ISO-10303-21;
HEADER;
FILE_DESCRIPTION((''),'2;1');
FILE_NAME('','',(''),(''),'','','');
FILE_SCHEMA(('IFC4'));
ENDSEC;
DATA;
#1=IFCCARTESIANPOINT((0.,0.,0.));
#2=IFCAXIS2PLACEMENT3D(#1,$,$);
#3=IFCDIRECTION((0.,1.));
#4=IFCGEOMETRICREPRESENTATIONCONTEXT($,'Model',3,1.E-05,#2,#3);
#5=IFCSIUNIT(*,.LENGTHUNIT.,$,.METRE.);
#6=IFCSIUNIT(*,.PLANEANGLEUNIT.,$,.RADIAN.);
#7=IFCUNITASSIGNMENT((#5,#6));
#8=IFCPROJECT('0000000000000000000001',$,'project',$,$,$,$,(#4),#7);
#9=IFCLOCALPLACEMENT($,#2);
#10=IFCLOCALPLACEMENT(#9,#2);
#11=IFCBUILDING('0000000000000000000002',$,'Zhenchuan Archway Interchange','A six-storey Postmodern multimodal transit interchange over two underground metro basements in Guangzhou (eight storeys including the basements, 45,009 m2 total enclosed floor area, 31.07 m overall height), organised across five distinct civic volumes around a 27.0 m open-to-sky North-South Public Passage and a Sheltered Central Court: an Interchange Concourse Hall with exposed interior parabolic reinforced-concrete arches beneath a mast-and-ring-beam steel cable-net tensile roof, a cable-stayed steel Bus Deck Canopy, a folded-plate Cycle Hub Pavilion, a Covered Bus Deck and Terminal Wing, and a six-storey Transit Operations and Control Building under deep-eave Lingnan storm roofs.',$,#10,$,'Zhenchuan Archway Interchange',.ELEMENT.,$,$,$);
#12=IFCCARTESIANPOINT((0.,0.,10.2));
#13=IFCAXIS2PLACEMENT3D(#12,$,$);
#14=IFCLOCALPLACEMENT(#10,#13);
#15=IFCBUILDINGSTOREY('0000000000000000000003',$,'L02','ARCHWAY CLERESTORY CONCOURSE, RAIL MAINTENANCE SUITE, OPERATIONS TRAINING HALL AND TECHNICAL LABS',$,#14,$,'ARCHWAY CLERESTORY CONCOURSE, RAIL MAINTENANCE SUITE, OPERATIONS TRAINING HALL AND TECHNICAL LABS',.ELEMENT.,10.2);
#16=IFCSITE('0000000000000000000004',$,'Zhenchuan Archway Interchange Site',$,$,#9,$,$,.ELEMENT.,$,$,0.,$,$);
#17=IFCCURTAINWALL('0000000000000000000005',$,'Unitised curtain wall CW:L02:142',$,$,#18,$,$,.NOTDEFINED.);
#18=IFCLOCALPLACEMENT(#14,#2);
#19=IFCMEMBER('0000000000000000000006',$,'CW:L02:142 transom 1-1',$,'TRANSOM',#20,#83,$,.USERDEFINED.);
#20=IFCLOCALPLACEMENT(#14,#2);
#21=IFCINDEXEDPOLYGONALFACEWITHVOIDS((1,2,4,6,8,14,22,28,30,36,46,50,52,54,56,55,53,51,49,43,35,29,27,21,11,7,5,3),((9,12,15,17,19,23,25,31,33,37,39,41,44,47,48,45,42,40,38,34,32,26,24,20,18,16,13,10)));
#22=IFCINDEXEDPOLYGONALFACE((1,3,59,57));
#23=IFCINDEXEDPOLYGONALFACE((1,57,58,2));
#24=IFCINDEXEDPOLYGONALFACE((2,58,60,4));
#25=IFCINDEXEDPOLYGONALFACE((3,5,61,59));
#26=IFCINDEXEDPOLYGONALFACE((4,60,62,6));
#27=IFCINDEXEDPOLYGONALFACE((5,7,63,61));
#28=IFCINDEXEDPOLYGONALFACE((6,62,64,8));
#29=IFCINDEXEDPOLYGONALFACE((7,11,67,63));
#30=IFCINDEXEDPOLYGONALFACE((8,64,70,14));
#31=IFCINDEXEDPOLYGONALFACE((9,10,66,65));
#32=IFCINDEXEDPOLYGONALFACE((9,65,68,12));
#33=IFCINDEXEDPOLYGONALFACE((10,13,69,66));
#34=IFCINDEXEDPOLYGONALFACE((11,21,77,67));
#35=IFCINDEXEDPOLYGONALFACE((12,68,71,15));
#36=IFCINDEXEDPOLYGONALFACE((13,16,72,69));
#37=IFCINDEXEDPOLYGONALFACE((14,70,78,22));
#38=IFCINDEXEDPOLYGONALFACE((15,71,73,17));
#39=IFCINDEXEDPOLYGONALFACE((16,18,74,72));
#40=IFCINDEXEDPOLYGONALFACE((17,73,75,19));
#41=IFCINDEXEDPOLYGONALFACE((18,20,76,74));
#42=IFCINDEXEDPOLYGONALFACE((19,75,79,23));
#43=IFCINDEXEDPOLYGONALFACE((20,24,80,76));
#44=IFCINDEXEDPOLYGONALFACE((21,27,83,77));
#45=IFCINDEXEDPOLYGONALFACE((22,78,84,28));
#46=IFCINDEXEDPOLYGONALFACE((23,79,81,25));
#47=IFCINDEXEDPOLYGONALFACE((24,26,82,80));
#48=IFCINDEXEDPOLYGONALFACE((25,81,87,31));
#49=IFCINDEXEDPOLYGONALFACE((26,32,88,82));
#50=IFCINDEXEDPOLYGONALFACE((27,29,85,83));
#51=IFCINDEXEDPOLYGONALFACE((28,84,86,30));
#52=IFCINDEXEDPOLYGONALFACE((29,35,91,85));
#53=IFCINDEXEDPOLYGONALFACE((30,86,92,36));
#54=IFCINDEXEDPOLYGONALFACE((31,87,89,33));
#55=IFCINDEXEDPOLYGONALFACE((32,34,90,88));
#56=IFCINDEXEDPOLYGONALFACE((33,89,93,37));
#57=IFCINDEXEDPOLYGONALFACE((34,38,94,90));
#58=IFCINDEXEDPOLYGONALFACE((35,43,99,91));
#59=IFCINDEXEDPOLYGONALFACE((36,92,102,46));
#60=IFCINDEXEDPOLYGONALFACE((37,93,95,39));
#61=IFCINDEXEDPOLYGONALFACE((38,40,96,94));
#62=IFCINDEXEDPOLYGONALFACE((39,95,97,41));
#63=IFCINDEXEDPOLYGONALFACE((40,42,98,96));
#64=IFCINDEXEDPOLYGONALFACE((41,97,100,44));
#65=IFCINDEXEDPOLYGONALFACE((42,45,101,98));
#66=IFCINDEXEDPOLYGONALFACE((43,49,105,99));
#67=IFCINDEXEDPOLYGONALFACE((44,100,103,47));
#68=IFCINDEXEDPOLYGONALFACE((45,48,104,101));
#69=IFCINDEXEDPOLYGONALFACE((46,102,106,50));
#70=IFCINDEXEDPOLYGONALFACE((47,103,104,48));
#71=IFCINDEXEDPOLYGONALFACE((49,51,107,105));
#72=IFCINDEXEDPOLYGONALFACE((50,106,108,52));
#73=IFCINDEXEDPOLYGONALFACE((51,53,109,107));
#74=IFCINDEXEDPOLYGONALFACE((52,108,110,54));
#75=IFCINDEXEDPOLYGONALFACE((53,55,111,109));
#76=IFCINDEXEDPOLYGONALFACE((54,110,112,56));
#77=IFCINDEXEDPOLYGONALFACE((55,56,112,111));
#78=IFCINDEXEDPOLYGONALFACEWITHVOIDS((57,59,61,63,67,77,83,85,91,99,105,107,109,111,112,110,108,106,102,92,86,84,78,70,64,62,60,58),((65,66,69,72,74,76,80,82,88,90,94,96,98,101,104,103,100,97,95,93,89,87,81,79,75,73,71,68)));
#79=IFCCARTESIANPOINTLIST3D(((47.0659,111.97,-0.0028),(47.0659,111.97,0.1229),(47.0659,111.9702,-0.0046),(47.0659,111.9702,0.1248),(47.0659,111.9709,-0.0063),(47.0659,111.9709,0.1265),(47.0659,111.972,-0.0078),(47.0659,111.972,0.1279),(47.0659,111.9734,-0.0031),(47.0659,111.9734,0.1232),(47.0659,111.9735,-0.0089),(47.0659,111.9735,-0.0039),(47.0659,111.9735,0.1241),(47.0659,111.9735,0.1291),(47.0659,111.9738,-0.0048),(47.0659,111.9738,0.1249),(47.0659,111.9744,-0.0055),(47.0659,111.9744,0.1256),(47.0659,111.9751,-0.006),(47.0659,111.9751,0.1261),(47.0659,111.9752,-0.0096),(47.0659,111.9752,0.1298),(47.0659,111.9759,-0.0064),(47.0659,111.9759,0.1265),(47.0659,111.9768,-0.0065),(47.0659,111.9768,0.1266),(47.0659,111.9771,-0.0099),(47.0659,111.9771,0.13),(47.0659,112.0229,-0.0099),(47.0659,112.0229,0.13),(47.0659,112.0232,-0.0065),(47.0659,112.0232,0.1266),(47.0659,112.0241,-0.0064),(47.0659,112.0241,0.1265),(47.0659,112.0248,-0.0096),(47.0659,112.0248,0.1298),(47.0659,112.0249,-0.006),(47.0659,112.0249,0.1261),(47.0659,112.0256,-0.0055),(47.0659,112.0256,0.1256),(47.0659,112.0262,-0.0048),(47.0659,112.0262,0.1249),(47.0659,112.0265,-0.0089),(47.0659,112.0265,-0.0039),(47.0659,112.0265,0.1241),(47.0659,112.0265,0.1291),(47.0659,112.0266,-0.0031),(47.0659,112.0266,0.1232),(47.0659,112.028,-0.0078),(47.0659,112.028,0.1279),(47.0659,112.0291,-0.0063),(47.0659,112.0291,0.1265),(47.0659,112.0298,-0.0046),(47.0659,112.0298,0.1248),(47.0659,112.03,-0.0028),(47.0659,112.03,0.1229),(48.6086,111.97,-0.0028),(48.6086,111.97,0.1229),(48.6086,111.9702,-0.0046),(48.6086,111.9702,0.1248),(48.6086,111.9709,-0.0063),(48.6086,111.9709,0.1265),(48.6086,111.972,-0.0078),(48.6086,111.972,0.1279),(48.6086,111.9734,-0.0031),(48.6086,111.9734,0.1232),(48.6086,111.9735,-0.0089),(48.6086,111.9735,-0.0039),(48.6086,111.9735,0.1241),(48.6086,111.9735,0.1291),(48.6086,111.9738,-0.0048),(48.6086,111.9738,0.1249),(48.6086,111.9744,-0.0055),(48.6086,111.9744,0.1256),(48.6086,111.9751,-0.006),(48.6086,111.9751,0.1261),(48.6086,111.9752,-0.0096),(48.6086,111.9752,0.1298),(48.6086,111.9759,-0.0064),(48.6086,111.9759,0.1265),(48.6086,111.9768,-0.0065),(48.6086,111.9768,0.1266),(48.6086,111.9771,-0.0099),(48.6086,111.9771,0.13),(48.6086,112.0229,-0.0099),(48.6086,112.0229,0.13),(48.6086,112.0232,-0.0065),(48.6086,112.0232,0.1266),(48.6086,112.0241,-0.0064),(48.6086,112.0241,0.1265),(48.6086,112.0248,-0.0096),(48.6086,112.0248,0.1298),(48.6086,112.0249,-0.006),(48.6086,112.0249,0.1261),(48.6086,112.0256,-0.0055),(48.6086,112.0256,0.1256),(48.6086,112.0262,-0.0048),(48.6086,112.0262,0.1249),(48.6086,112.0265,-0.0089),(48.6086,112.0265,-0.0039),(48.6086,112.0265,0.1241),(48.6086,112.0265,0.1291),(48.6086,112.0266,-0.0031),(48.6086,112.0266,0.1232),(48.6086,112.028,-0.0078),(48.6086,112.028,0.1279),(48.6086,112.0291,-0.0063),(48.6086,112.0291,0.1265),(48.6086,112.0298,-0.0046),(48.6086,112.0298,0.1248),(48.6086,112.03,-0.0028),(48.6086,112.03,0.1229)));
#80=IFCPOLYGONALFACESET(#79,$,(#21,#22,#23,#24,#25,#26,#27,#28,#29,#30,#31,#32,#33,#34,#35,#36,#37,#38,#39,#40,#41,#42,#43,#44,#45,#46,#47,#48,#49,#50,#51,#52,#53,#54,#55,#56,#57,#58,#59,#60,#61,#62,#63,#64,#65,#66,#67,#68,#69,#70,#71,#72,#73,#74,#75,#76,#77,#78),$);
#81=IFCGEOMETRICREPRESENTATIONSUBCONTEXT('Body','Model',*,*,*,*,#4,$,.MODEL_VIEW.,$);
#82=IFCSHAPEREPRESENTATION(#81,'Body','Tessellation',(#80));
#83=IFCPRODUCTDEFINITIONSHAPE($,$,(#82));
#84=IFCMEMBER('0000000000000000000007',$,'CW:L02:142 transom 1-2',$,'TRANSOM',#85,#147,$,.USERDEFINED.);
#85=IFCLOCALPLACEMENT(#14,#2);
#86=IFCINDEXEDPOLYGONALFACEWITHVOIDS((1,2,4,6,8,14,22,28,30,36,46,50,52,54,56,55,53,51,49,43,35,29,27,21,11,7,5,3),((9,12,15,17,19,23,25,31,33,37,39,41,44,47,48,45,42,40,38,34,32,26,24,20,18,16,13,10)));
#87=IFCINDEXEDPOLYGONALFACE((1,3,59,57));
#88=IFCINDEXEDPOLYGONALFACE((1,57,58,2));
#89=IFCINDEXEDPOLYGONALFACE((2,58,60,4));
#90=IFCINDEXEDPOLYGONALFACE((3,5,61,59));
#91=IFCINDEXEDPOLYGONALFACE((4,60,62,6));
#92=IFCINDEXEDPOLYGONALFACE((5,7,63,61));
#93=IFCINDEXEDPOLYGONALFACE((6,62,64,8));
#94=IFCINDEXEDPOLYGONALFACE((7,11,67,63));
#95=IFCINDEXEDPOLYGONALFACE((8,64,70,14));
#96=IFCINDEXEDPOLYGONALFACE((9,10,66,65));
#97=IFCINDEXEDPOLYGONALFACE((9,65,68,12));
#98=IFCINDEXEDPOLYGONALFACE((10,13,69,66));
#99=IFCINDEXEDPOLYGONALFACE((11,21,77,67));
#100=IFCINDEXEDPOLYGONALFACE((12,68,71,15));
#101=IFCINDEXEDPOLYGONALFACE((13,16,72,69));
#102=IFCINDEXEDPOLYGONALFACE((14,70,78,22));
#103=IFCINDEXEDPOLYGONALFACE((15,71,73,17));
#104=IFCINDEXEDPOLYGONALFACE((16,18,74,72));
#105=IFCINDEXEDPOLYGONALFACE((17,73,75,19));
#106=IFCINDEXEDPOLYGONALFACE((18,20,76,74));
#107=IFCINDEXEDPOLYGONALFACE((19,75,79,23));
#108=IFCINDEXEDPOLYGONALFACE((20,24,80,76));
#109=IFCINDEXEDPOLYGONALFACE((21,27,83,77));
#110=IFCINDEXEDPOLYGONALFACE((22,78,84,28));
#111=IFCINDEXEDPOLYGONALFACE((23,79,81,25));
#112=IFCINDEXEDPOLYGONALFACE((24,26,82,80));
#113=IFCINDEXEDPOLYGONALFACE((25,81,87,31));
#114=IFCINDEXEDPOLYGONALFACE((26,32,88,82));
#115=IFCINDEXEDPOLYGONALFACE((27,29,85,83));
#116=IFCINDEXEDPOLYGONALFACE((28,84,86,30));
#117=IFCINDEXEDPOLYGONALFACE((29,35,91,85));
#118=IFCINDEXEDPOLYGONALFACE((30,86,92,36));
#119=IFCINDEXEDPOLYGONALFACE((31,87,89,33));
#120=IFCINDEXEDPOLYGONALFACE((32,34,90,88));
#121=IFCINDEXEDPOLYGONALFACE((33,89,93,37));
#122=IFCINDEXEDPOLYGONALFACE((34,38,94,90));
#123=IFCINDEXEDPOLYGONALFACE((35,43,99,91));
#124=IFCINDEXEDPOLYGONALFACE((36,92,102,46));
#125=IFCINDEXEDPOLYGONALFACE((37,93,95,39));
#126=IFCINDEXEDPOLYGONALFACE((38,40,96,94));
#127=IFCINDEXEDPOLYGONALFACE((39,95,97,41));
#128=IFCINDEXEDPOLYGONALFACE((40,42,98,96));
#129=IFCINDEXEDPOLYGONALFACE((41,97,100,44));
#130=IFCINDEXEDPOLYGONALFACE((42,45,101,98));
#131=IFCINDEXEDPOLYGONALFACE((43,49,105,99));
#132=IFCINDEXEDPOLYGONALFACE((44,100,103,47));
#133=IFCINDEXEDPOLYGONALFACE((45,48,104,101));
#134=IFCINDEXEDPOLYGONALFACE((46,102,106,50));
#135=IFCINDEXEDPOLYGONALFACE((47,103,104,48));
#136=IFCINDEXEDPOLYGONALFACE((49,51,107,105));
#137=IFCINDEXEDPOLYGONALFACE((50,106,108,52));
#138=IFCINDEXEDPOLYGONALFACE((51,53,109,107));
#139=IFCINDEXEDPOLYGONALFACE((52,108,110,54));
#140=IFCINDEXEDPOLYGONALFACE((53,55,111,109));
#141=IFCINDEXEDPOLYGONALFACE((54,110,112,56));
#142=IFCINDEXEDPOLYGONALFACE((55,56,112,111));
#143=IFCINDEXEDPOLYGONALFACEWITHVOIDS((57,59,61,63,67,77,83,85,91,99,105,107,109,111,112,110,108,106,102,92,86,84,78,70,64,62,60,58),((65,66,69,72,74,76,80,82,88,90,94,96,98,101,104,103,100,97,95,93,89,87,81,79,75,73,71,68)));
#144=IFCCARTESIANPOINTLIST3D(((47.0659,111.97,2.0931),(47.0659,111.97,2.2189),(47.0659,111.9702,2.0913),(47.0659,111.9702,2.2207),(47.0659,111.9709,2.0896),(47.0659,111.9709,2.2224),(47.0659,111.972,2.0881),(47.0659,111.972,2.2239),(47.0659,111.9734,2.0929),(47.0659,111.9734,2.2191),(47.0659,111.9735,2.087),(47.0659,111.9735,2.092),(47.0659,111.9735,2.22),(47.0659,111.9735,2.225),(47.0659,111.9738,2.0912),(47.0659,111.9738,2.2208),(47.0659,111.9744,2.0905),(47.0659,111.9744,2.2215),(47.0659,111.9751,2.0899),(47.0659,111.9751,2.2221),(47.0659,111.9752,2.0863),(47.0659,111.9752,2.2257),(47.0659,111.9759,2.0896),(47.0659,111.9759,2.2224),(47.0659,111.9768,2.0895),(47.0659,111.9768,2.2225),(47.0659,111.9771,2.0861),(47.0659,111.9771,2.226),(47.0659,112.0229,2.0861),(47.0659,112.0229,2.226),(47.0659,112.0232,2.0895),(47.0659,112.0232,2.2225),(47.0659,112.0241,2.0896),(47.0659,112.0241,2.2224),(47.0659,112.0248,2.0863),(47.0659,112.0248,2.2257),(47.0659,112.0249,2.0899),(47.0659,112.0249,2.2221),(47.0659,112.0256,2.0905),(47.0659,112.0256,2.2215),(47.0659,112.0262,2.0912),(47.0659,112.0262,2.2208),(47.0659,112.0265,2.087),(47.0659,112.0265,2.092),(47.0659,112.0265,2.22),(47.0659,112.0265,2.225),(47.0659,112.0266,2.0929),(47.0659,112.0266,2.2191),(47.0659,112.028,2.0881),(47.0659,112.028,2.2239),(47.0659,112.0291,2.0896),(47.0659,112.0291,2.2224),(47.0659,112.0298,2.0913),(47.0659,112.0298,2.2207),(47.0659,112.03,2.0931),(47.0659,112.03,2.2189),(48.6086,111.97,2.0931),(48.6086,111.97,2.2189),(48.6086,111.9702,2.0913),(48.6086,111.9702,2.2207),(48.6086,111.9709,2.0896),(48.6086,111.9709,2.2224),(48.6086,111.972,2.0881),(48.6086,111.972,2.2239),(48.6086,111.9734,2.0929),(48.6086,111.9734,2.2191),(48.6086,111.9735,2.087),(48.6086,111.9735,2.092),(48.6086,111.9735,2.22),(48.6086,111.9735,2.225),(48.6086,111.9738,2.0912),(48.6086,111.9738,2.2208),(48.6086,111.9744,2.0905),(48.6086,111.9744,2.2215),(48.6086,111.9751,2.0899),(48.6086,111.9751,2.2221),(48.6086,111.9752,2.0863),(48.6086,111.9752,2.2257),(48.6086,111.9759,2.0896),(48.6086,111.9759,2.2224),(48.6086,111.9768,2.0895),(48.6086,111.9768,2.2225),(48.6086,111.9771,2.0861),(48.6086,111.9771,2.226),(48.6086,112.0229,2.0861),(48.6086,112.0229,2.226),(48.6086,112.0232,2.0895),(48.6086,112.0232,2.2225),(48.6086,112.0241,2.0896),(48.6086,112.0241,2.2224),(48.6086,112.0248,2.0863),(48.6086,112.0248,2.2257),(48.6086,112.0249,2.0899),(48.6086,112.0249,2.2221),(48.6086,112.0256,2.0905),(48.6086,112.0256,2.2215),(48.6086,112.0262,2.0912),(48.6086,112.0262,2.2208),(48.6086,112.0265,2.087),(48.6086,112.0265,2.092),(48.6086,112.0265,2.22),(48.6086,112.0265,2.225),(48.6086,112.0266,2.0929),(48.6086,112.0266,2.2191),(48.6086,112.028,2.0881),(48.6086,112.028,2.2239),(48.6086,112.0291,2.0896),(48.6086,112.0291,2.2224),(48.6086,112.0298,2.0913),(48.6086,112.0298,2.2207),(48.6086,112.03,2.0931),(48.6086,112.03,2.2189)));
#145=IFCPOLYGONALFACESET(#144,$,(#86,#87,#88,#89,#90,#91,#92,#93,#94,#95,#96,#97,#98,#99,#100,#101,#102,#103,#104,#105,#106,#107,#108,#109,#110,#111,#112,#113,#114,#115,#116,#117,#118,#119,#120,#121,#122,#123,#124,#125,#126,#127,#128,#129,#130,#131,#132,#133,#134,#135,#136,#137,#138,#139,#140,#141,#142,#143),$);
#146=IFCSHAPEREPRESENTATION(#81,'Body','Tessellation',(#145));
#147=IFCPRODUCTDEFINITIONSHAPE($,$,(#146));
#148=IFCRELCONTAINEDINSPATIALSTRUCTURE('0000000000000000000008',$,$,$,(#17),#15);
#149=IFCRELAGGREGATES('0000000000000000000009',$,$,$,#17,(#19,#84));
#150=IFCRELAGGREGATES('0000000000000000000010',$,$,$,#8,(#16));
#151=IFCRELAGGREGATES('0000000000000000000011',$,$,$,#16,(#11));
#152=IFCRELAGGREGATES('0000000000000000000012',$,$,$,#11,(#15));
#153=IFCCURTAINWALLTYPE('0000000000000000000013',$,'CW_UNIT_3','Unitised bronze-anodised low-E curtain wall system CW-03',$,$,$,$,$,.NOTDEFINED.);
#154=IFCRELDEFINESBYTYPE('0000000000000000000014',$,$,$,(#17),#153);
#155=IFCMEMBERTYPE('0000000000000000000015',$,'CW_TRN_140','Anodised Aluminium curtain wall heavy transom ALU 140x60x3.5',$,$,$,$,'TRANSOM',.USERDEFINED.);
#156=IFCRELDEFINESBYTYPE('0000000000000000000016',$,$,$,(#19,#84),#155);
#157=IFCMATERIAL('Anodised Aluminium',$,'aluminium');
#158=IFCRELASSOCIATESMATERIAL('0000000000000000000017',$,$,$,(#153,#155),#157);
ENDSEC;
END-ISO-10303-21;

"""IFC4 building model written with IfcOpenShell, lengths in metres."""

from ifc_helpers import new_model, si_unit, direction, frame, origin, origin_2d, place, context, subcontext, project, spatial, hollow_rectangle, extrude, material, material_profile, profile_set, type_object, element, aggregate, save


model = new_model("IFC4")

# Units and contexts
model_context = context("Model", 3, precision=1e-05, world=origin(), true_north=direction((0.0, 1.0)))
body_context = subcontext(model_context, "Body", "Model", "MODEL_VIEW")
ifc_project = project(units=[si_unit("LENGTHUNIT", "METRE"), si_unit("PLANEANGLEUNIT", "RADIAN")], contexts=[model_context])

# Site, building, storey
site_placement = place(None, origin())
site = spatial("IfcSite", under=ifc_project, at=site_placement, Name="Zhenchuan Archway Interchange Site", CompositionType="ELEMENT", RefElevation=0.0)
building_placement = place(site_placement, origin())
building = spatial("IfcBuilding", under=site, at=building_placement, Name="Zhenchuan Archway Interchange", Description="A six-storey Postmodern multimodal transit interchange over two underground metro basements in Guangzhou (eight storeys including the basements, 45,009 m2 total enclosed floor area, 31.07 m overall height), organised across five distinct civic volumes around a 27.0 m open-to-sky North-South Public Passage and a Sheltered Central Court: an Interchange Concourse Hall with exposed interior parabolic reinforced-concrete arches beneath a mast-and-ring-beam steel cable-net tensile roof, a cable-stayed steel Bus Deck Canopy, a folded-plate Cycle Hub Pavilion, a Covered Bus Deck and Terminal Wing, and a six-storey Transit Operations and Control Building under deep-eave Lingnan storm roofs.", LongName="Zhenchuan Archway Interchange", CompositionType="ELEMENT")
storey_placement = place(building_placement, frame((0.0, 0.0, 10.2)))
storey = spatial("IfcBuildingStorey", under=building, at=storey_placement, Name="L02", Description="ARCHWAY CLERESTORY CONCOURSE, RAIL MAINTENANCE SUITE, OPERATIONS TRAINING HALL AND TECHNICAL LABS", LongName="ARCHWAY CLERESTORY CONCOURSE, RAIL MAINTENANCE SUITE, OPERATIONS TRAINING HALL AND TECHNICAL LABS", CompositionType="ELEMENT", Elevation=10.2)

# Curtain wall, members
ifc_material_1 = material(Name="Anodised Aluminium", Category="aluminium")
curtain_wall_type = type_object("IfcCurtainWallType", Name="CW_UNIT_3", Description="Unitised bronze-anodised low-E curtain wall system CW-03", PredefinedType="NOTDEFINED", material=ifc_material_1)
curtain_wall_placement = place(storey_placement, origin())
curtain_wall = element("IfcCurtainWall", 1, at=curtain_wall_placement, inside=storey, type_object=curtain_wall_type, Name="Unitised curtain wall CW:L02:142", PredefinedType="NOTDEFINED")
ifc_material_profile_1 = material_profile(ifc_material_1, hollow_rectangle(XDim=0.0601, YDim=0.1399, WallThickness=0.0034, InnerFilletRadius=0.0034, OuterFilletRadius=0.0071, at=origin_2d()), Name="ALU 140x60x3.5")
ifc_profile_set_1 = profile_set([ifc_material_profile_1], Name="Anodised Aluminium")
member_type_1 = type_object("IfcMemberType", Name="CW_TRN_140", Description="Anodised Aluminium curtain wall heavy transom ALU 140x60x3.5", ElementType="TRANSOM", PredefinedType="USERDEFINED", material=ifc_profile_set_1)
member_1_placement = place(storey_placement, frame((47.0659, 112.0, 0.0601), z_axis=(1.0, 0.0, 0.0), x_axis=(0.0, 1.0, 0.0)))
member_1 = element("IfcMember", 2, at=member_1_placement, type_object=member_type_1, Name="CW:L02:142 transom 1-1", ObjectType="TRANSOM", PredefinedType="USERDEFINED", context=body_context, shape_type="SweptSolid", body=[
    extrude(hollow_rectangle(XDim=0.0601, YDim=0.1399, WallThickness=0.0034, InnerFilletRadius=0.0034, OuterFilletRadius=0.0071, at=origin_2d()), origin(), (0.0, 0.0, 1.0), 1.5427),
])
member_2_placement = place(storey_placement, frame((47.0659, 112.0, 2.156), z_axis=(1.0, 0.0, 0.0), x_axis=(0.0, 1.0, 0.0)))
member_2 = element("IfcMember", 3, at=member_2_placement, type_object=member_type_1, Name="CW:L02:142 transom 1-2", ObjectType="TRANSOM", PredefinedType="USERDEFINED", context=body_context, shape_type="SweptSolid", body=[
    extrude(hollow_rectangle(XDim=0.0601, YDim=0.1399, WallThickness=0.0034, InnerFilletRadius=0.0034, OuterFilletRadius=0.0071, at=origin_2d()), origin(), (0.0, 0.0, 1.0), 1.5427),
])

aggregate(curtain_wall, [member_1, member_2])

save(model, "model.ifc")
